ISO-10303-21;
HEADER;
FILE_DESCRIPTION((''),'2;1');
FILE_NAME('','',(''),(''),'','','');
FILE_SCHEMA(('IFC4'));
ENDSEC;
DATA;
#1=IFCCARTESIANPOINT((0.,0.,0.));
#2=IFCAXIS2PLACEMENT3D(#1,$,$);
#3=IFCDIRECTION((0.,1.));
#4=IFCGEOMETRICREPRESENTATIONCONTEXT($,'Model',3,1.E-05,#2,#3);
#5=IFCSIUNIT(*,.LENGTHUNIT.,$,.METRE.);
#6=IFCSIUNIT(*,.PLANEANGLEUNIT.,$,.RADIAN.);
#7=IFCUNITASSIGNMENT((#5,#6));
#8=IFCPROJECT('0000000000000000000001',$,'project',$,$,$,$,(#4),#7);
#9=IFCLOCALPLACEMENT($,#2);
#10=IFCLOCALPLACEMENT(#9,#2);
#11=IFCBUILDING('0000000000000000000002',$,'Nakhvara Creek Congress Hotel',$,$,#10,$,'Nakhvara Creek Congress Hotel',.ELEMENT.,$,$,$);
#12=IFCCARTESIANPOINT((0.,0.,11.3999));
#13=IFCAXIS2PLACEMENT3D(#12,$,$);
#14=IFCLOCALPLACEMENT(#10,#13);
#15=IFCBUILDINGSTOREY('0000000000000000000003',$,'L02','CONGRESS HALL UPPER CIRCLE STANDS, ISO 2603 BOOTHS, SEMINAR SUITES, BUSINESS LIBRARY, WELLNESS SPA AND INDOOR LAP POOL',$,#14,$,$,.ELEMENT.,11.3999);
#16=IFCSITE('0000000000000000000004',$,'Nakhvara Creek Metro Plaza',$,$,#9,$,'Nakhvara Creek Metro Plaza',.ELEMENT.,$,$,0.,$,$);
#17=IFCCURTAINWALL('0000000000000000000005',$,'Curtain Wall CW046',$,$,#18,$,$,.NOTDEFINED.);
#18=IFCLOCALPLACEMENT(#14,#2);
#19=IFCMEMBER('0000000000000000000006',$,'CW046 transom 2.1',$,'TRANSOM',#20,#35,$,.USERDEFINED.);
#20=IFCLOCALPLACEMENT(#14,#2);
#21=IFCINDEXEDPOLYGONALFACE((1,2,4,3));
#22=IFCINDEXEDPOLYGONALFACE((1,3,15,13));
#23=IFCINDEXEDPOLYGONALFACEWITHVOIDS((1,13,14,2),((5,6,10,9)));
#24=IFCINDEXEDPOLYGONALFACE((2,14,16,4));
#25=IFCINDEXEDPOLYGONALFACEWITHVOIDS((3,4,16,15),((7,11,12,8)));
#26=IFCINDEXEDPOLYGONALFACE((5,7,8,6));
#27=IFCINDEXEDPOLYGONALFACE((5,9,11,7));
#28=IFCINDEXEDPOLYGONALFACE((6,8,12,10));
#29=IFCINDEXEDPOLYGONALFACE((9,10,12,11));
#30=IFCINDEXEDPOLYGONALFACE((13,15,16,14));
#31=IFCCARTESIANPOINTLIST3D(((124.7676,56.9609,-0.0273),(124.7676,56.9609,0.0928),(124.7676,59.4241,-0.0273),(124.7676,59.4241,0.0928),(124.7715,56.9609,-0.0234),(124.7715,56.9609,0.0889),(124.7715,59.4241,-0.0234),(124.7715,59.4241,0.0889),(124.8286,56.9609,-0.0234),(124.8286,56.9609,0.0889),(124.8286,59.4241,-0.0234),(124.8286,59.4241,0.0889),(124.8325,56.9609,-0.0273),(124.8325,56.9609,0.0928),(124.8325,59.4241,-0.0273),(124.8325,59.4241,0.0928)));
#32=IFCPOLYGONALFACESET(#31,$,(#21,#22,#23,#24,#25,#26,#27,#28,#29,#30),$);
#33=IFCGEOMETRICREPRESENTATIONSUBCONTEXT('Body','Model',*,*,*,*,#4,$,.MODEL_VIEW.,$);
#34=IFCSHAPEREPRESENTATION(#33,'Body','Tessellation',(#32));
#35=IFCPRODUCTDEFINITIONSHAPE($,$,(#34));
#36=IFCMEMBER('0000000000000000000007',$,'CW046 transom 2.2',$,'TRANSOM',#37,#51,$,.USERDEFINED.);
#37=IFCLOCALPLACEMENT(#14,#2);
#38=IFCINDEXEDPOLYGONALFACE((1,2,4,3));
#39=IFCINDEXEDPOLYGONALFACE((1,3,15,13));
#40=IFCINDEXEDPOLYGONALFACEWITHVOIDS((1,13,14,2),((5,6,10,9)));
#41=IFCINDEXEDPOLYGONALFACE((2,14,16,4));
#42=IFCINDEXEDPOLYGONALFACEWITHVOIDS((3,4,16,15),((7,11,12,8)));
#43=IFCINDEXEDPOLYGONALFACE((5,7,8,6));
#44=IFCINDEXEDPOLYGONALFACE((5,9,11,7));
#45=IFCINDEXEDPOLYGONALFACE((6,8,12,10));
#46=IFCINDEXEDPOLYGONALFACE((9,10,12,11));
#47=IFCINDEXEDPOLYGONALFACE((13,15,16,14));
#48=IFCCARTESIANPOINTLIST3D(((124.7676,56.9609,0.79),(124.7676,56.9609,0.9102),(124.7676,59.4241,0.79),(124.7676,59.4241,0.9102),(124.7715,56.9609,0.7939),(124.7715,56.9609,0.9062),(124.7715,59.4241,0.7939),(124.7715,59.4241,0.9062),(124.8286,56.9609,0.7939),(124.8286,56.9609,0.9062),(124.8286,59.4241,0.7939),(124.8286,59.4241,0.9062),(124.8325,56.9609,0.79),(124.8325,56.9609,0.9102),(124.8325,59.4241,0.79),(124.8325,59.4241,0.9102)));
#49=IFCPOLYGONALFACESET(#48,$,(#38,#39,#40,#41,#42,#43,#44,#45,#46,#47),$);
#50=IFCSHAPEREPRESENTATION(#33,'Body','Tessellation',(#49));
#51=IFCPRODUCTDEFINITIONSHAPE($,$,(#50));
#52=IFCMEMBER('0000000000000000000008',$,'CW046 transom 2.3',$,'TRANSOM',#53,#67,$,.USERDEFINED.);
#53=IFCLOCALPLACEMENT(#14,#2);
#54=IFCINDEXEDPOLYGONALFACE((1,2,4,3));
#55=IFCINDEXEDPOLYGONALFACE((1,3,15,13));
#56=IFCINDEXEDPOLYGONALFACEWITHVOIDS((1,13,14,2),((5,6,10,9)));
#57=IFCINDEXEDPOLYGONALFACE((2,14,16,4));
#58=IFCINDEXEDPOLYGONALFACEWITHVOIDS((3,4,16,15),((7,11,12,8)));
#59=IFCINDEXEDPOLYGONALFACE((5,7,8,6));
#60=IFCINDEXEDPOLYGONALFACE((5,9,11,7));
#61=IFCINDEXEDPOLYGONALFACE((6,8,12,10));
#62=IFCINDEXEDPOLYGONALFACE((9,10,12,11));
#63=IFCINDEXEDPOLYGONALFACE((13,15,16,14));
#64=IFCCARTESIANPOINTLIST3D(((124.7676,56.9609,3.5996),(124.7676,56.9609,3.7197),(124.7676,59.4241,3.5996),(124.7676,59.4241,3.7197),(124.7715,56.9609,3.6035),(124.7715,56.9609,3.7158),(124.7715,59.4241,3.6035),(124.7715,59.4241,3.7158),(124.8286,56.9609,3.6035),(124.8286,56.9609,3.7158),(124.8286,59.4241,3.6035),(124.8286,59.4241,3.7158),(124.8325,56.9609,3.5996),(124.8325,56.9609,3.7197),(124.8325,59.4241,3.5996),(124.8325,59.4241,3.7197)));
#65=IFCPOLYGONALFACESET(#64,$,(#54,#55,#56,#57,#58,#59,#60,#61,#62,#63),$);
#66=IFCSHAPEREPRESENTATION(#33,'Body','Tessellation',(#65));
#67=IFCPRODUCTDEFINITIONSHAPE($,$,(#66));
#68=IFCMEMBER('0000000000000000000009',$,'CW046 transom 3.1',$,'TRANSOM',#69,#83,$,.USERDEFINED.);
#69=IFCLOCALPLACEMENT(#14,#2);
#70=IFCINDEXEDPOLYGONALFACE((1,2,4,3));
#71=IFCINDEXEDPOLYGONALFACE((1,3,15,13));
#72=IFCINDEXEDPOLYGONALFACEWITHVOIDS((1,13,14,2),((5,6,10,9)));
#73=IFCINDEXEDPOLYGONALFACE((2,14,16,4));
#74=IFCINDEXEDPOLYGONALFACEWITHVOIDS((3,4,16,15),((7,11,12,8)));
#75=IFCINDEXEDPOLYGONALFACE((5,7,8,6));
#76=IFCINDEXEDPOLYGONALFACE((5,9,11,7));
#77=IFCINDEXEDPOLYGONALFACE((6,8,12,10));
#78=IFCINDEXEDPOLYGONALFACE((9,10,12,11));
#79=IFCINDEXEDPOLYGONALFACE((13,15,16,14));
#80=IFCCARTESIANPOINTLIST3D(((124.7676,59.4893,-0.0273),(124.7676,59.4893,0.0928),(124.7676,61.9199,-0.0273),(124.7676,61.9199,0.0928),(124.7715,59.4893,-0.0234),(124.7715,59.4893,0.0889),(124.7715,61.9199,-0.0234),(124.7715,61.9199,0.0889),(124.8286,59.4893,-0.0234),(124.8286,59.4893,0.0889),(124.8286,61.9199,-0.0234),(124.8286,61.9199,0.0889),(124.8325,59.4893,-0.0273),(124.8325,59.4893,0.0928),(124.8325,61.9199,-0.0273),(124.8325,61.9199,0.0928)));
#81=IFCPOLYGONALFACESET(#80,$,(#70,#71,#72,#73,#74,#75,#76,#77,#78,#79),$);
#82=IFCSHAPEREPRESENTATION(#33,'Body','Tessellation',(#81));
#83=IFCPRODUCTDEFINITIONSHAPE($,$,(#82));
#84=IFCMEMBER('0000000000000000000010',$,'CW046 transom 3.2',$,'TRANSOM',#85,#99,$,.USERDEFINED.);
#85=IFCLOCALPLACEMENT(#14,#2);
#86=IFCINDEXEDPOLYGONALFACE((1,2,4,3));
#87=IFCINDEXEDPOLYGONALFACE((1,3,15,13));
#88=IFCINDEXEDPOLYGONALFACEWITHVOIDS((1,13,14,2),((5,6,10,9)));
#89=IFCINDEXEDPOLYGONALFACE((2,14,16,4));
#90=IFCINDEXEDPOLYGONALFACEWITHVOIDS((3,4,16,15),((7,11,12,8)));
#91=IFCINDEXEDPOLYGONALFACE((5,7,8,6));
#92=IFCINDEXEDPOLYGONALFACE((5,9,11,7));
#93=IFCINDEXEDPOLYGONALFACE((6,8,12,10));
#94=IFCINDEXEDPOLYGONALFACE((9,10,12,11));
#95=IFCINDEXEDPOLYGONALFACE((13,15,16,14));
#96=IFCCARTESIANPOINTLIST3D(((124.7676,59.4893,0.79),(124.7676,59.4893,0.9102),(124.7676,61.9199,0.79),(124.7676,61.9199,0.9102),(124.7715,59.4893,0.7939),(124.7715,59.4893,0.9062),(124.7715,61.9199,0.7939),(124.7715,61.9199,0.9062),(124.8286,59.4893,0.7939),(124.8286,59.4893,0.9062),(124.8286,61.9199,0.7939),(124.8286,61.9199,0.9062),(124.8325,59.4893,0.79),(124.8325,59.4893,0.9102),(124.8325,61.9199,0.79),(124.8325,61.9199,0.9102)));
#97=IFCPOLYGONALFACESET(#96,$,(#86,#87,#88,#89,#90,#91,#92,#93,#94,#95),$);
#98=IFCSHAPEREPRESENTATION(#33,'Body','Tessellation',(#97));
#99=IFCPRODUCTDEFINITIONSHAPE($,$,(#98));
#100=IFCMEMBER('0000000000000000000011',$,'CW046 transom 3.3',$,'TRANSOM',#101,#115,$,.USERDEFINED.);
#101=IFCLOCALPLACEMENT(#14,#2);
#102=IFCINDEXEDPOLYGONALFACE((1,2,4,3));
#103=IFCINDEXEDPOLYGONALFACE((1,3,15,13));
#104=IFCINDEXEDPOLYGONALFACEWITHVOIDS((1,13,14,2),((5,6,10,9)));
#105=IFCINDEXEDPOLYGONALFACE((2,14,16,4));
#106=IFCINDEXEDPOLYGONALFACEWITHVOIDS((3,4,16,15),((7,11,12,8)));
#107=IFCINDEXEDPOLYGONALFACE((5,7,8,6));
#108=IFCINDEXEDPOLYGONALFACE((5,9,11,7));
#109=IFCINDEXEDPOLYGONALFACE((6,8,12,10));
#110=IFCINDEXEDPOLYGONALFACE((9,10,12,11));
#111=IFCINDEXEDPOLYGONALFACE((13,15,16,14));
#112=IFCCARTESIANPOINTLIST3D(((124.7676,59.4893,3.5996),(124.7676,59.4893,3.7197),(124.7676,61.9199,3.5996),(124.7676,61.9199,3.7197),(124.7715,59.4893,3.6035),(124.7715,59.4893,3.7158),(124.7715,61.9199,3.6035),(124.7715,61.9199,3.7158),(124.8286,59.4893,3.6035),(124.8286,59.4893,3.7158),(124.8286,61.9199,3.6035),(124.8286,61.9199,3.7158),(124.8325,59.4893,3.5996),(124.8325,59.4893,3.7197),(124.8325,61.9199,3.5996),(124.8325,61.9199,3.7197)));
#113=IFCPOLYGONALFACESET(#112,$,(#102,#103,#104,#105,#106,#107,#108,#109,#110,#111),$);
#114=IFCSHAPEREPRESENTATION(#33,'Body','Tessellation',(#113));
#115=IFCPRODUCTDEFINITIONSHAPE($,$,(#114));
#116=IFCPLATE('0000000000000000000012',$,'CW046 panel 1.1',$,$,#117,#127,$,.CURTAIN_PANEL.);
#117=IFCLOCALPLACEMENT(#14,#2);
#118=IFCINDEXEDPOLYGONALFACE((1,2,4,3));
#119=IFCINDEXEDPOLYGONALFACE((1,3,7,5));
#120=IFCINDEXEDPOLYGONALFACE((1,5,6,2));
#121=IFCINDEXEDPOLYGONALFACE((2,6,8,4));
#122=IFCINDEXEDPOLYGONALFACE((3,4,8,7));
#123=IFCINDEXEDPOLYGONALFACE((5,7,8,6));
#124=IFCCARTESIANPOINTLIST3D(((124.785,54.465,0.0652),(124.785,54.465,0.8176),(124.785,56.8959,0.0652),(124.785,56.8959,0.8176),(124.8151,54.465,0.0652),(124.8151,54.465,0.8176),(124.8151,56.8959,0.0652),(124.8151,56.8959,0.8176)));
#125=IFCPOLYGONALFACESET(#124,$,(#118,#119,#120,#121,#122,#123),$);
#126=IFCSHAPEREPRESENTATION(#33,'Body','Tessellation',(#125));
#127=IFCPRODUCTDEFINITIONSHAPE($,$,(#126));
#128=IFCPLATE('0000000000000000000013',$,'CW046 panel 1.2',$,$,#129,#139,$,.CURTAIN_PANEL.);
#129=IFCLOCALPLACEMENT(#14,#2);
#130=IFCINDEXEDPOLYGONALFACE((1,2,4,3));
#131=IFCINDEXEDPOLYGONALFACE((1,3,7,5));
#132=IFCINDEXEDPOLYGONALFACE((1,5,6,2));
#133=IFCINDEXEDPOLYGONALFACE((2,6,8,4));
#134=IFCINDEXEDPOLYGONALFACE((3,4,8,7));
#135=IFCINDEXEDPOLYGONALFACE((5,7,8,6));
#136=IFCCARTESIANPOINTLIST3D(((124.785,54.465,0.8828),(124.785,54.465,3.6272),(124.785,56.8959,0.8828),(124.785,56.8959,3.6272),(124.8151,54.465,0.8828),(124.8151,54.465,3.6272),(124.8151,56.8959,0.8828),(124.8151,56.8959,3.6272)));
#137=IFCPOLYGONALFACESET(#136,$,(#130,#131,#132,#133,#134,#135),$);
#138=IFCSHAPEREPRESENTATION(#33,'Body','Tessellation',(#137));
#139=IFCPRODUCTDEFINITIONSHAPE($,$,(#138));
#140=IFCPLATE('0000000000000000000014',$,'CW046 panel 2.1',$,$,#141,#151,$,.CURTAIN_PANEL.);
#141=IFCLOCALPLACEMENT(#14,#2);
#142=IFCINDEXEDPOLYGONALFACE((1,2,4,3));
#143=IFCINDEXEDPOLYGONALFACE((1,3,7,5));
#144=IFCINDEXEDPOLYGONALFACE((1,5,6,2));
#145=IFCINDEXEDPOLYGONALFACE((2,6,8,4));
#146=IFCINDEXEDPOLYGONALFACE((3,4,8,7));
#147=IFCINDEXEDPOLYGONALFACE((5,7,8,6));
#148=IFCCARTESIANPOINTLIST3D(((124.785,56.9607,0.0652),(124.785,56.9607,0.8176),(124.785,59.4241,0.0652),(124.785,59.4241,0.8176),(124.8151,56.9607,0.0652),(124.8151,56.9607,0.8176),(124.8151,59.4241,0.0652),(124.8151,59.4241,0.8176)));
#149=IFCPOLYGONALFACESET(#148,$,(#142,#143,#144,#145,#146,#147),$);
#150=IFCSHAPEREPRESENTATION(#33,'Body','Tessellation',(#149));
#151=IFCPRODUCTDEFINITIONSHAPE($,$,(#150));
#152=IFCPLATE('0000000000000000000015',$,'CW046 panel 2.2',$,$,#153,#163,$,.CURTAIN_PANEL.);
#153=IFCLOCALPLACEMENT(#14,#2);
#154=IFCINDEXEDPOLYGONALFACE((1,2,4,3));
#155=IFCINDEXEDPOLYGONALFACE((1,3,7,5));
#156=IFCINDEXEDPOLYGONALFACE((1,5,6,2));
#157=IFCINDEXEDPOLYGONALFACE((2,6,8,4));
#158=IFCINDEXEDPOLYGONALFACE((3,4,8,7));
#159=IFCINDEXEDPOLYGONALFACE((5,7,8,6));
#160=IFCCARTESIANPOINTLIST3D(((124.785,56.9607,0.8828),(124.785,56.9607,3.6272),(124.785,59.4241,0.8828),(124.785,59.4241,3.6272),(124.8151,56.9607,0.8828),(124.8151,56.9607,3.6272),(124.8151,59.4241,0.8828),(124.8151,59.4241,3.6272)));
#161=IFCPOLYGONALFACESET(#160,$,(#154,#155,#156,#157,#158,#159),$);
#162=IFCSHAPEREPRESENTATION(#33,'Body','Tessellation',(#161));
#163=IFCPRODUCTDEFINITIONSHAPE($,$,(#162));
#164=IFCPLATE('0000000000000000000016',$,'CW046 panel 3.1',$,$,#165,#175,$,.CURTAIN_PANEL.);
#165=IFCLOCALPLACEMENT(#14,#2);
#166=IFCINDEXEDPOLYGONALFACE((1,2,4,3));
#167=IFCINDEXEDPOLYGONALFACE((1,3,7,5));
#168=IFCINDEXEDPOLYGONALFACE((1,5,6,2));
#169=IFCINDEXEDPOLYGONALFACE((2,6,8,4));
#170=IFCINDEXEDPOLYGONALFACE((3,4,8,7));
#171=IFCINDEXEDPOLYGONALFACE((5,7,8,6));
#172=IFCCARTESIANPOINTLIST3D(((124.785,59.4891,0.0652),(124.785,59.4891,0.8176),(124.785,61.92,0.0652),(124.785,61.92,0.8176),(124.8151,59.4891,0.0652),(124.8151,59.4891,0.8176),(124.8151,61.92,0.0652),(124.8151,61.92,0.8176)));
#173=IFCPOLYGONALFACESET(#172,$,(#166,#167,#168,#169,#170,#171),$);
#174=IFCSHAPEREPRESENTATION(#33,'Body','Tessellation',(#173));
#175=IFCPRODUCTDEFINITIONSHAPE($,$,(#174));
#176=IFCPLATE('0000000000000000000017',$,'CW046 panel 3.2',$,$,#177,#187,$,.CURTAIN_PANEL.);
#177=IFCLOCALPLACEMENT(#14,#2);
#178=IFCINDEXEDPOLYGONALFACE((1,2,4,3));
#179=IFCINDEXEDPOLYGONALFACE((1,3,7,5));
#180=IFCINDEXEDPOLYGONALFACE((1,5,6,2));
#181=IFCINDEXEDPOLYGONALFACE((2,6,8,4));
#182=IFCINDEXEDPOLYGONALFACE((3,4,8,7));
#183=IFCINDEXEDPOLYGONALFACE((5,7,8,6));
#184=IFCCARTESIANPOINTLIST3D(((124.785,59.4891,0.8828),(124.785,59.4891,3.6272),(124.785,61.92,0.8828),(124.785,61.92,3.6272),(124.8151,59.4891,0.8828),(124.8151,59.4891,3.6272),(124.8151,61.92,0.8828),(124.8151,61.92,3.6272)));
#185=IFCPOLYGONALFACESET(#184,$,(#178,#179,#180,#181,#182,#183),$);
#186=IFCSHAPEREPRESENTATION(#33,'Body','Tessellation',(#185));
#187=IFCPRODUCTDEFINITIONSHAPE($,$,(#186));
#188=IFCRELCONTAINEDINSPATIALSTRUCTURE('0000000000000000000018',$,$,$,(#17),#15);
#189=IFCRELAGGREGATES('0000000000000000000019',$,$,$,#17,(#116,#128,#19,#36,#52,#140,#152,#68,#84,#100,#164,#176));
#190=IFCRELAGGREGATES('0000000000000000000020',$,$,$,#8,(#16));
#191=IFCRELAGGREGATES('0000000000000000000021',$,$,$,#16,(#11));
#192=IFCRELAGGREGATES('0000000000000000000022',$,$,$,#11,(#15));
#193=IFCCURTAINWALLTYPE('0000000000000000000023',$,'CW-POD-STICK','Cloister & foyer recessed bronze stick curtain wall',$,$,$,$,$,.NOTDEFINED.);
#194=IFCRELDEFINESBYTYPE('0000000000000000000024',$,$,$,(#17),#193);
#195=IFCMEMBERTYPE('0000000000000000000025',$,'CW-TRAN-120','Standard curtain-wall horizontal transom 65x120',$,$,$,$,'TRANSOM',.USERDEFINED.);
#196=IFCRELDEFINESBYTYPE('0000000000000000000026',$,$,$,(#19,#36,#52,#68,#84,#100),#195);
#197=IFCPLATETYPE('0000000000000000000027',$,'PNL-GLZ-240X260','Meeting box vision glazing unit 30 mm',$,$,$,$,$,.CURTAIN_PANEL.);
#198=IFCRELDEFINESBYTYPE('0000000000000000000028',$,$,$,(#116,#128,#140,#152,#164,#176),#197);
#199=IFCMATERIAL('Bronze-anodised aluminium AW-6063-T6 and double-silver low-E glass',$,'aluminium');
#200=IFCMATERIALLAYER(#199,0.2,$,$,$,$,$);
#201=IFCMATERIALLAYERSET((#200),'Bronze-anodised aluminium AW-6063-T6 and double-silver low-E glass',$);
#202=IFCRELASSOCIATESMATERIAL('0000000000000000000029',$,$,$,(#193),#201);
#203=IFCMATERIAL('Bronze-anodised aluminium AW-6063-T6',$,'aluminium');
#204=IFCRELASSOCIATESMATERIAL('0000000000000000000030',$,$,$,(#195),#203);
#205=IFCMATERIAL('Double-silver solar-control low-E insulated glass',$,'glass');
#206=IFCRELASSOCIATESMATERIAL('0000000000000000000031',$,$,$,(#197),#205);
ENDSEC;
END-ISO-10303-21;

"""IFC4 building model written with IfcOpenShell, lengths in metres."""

from ifc_helpers import new_model, si_unit, direction, frame, origin, origin_2d, place, context, subcontext, project, spatial, rectangle, hollow_rectangle, extrude, material, layer, layer_set, material_profile, profile_set, type_object, element, aggregate, save


model = new_model("IFC4")

# Units and contexts
model_context = context("Model", 3, precision=1e-05, world=origin(), true_north=direction((0.0, 1.0)))
body_context = subcontext(model_context, "Body", "Model", "MODEL_VIEW")
ifc_project = project(units=[si_unit("LENGTHUNIT", "METRE"), si_unit("PLANEANGLEUNIT", "RADIAN")], contexts=[model_context])

# Site, building, storey
site_placement = place(None, origin())
site = spatial("IfcSite", under=ifc_project, at=site_placement, Name="Nakhvara Creek Metro Plaza", LongName="Nakhvara Creek Metro Plaza", CompositionType="ELEMENT", RefElevation=0.0)
building_placement = place(site_placement, origin())
building = spatial("IfcBuilding", under=site, at=building_placement, Name="Nakhvara Creek Congress Hotel", LongName="Nakhvara Creek Congress Hotel", CompositionType="ELEMENT")
storey_placement = place(building_placement, frame((0.0, 0.0, 11.3999)))
storey = spatial("IfcBuildingStorey", under=building, at=storey_placement, Name="L02", Description="CONGRESS HALL UPPER CIRCLE STANDS, ISO 2603 BOOTHS, SEMINAR SUITES, BUSINESS LIBRARY, WELLNESS SPA AND INDOOR LAP POOL", CompositionType="ELEMENT", Elevation=11.3999)

# Curtain wall, members, plates
ifc_material_1 = material(Name="Bronze-anodised aluminium AW-6063-T6 and double-silver low-E glass", Category="aluminium")
ifc_layer = layer(ifc_material_1, 0.2)
ifc_layer_set = layer_set([ifc_layer], Name="Bronze-anodised aluminium AW-6063-T6 and double-silver low-E glass")
curtain_wall_type = type_object("IfcCurtainWallType", Name="CW-POD-STICK", Description="Cloister & foyer recessed bronze stick curtain wall", PredefinedType="NOTDEFINED", material=ifc_layer_set)
curtain_wall_placement = place(storey_placement, origin())
curtain_wall = element("IfcCurtainWall", 1, at=curtain_wall_placement, inside=storey, type_object=curtain_wall_type, Name="Curtain Wall CW046", PredefinedType="NOTDEFINED")
ifc_material_2 = material(Name="Bronze-anodised aluminium AW-6063-T6", Category="aluminium")
ifc_material_profile_1 = material_profile(ifc_material_2, hollow_rectangle(XDim=0.0649, YDim=0.1201, WallThickness=0.0039, at=origin_2d()), Name="ALU-TRAN 65x120x4", Category="LoadBearing")
ifc_profile_set_1 = profile_set([ifc_material_profile_1], Name="Bronze-anodised aluminium AW-6063-T6")
member_type_1 = type_object("IfcMemberType", Name="CW-TRAN-120", Description="Standard curtain-wall horizontal transom 65x120", ElementType="TRANSOM", PredefinedType="USERDEFINED", material=ifc_profile_set_1)
member_1_placement = place(storey_placement, frame((124.8, 56.9609, 0.0327), z_axis=(0.0, 1.0, 0.0), x_axis=(-1.0, 0.0, 0.0)))
member_1 = element("IfcMember", 2, at=member_1_placement, type_object=member_type_1, Name="CW046 transom 2.1", ObjectType="TRANSOM", PredefinedType="USERDEFINED", context=body_context, shape_type="SweptSolid", body=[
    extrude(hollow_rectangle(XDim=0.0649, YDim=0.1201, WallThickness=0.0039, at=origin_2d()), origin(), (0.0, 0.0, 1.0), 2.4631),
])
member_2_placement = place(storey_placement, frame((124.8, 56.9609, 0.8501), z_axis=(0.0, 1.0, 0.0), x_axis=(-1.0, 0.0, 0.0)))
member_2 = element("IfcMember", 3, at=member_2_placement, type_object=member_type_1, Name="CW046 transom 2.2", ObjectType="TRANSOM", PredefinedType="USERDEFINED", context=body_context, shape_type="SweptSolid", body=[
    extrude(hollow_rectangle(XDim=0.0649, YDim=0.1201, WallThickness=0.0039, at=origin_2d()), origin(), (0.0, 0.0, 1.0), 2.4631),
])
member_3_placement = place(storey_placement, frame((124.8, 56.9609, 3.6597), z_axis=(0.0, 1.0, 0.0), x_axis=(-1.0, 0.0, 0.0)))
member_3 = element("IfcMember", 4, at=member_3_placement, type_object=member_type_1, Name="CW046 transom 2.3", ObjectType="TRANSOM", PredefinedType="USERDEFINED", context=body_context, shape_type="SweptSolid", body=[
    extrude(hollow_rectangle(XDim=0.0649, YDim=0.1201, WallThickness=0.0039, at=origin_2d()), origin(), (0.0, 0.0, 1.0), 2.4631),
])
member_4_placement = place(storey_placement, frame((124.8, 59.4893, 0.0327), z_axis=(0.0, 1.0, 0.0), x_axis=(-1.0, 0.0, 0.0)))
member_4 = element("IfcMember", 5, at=member_4_placement, type_object=member_type_1, Name="CW046 transom 3.1", ObjectType="TRANSOM", PredefinedType="USERDEFINED", context=body_context, shape_type="SweptSolid", body=[
    extrude(hollow_rectangle(XDim=0.0649, YDim=0.1201, WallThickness=0.0039, at=origin_2d()), origin(), (0.0, 0.0, 1.0), 2.4307),
])
member_5_placement = place(storey_placement, frame((124.8, 59.4893, 0.8501), z_axis=(0.0, 1.0, 0.0), x_axis=(-1.0, 0.0, 0.0)))
member_5 = element("IfcMember", 6, at=member_5_placement, type_object=member_type_1, Name="CW046 transom 3.2", ObjectType="TRANSOM", PredefinedType="USERDEFINED", context=body_context, shape_type="SweptSolid", body=[
    extrude(hollow_rectangle(XDim=0.0649, YDim=0.1201, WallThickness=0.0039, at=origin_2d()), origin(), (0.0, 0.0, 1.0), 2.4307),
])
member_6_placement = place(storey_placement, frame((124.8, 59.4893, 3.6597), z_axis=(0.0, 1.0, 0.0), x_axis=(-1.0, 0.0, 0.0)))
member_6 = element("IfcMember", 7, at=member_6_placement, type_object=member_type_1, Name="CW046 transom 3.3", ObjectType="TRANSOM", PredefinedType="USERDEFINED", context=body_context, shape_type="SweptSolid", body=[
    extrude(hollow_rectangle(XDim=0.0649, YDim=0.1201, WallThickness=0.0039, at=origin_2d()), origin(), (0.0, 0.0, 1.0), 2.4307),
])
ifc_material_3 = material(Name="Double-silver solar-control low-E insulated glass", Category="glass")
plate_type = type_object("IfcPlateType", Name="PNL-GLZ-240X260", Description="Meeting box vision glazing unit 30 mm", PredefinedType="CURTAIN_PANEL", material=ifc_material_3)
plate_1_placement = place(storey_placement, frame((124.8, 55.6804, 0.0652), z_axis=(0.0, 0.0, 1.0), x_axis=(0.0, 1.0, 0.0)))
plate_1 = element("IfcPlate", 8, at=plate_1_placement, type_object=plate_type, Name="CW046 panel 1.1", PredefinedType="CURTAIN_PANEL", context=body_context, shape_type="SweptSolid", body=[
    extrude(rectangle(XDim=2.4309, YDim=0.03, at=origin_2d()), origin(), (0.0, 0.0, 1.0), 0.7524),
])
plate_2_placement = place(storey_placement, frame((124.8, 55.6804, 0.8828), z_axis=(0.0, 0.0, 1.0), x_axis=(0.0, 1.0, 0.0)))
plate_2 = element("IfcPlate", 9, at=plate_2_placement, type_object=plate_type, Name="CW046 panel 1.2", PredefinedType="CURTAIN_PANEL", context=body_context, shape_type="SweptSolid", body=[
    extrude(rectangle(XDim=2.4309, YDim=0.03, at=origin_2d()), origin(), (0.0, 0.0, 1.0), 2.7444),
])
plate_3_placement = place(storey_placement, frame((124.8, 58.1924, 0.0652), z_axis=(0.0, 0.0, 1.0), x_axis=(0.0, 1.0, 0.0)))
plate_3 = element("IfcPlate", 10, at=plate_3_placement, type_object=plate_type, Name="CW046 panel 2.1", PredefinedType="CURTAIN_PANEL", context=body_context, shape_type="SweptSolid", body=[
    extrude(rectangle(XDim=2.4634, YDim=0.03, at=origin_2d()), origin(), (0.0, 0.0, 1.0), 0.7524),
])
plate_4_placement = place(storey_placement, frame((124.8, 58.1924, 0.8828), z_axis=(0.0, 0.0, 1.0), x_axis=(0.0, 1.0, 0.0)))
plate_4 = element("IfcPlate", 11, at=plate_4_placement, type_object=plate_type, Name="CW046 panel 2.2", PredefinedType="CURTAIN_PANEL", context=body_context, shape_type="SweptSolid", body=[
    extrude(rectangle(XDim=2.4634, YDim=0.03, at=origin_2d()), origin(), (0.0, 0.0, 1.0), 2.7444),
])
plate_5_placement = place(storey_placement, frame((124.8, 60.7046, 0.0652), z_axis=(0.0, 0.0, 1.0), x_axis=(0.0, 1.0, 0.0)))
plate_5 = element("IfcPlate", 12, at=plate_5_placement, type_object=plate_type, Name="CW046 panel 3.1", PredefinedType="CURTAIN_PANEL", context=body_context, shape_type="SweptSolid", body=[
    extrude(rectangle(XDim=2.4309, YDim=0.03, at=origin_2d()), origin(), (0.0, 0.0, 1.0), 0.7524),
])
plate_6_placement = place(storey_placement, frame((124.8, 60.7046, 0.8828), z_axis=(0.0, 0.0, 1.0), x_axis=(0.0, 1.0, 0.0)))
plate_6 = element("IfcPlate", 13, at=plate_6_placement, type_object=plate_type, Name="CW046 panel 3.2", PredefinedType="CURTAIN_PANEL", context=body_context, shape_type="SweptSolid", body=[
    extrude(rectangle(XDim=2.4309, YDim=0.03, at=origin_2d()), origin(), (0.0, 0.0, 1.0), 2.7444),
])
aggregate(curtain_wall, [plate_1, plate_2, member_1, member_2, member_3, plate_3, plate_4, member_4, member_5, member_6, plate_5, plate_6])

save(model, "model.ifc")
